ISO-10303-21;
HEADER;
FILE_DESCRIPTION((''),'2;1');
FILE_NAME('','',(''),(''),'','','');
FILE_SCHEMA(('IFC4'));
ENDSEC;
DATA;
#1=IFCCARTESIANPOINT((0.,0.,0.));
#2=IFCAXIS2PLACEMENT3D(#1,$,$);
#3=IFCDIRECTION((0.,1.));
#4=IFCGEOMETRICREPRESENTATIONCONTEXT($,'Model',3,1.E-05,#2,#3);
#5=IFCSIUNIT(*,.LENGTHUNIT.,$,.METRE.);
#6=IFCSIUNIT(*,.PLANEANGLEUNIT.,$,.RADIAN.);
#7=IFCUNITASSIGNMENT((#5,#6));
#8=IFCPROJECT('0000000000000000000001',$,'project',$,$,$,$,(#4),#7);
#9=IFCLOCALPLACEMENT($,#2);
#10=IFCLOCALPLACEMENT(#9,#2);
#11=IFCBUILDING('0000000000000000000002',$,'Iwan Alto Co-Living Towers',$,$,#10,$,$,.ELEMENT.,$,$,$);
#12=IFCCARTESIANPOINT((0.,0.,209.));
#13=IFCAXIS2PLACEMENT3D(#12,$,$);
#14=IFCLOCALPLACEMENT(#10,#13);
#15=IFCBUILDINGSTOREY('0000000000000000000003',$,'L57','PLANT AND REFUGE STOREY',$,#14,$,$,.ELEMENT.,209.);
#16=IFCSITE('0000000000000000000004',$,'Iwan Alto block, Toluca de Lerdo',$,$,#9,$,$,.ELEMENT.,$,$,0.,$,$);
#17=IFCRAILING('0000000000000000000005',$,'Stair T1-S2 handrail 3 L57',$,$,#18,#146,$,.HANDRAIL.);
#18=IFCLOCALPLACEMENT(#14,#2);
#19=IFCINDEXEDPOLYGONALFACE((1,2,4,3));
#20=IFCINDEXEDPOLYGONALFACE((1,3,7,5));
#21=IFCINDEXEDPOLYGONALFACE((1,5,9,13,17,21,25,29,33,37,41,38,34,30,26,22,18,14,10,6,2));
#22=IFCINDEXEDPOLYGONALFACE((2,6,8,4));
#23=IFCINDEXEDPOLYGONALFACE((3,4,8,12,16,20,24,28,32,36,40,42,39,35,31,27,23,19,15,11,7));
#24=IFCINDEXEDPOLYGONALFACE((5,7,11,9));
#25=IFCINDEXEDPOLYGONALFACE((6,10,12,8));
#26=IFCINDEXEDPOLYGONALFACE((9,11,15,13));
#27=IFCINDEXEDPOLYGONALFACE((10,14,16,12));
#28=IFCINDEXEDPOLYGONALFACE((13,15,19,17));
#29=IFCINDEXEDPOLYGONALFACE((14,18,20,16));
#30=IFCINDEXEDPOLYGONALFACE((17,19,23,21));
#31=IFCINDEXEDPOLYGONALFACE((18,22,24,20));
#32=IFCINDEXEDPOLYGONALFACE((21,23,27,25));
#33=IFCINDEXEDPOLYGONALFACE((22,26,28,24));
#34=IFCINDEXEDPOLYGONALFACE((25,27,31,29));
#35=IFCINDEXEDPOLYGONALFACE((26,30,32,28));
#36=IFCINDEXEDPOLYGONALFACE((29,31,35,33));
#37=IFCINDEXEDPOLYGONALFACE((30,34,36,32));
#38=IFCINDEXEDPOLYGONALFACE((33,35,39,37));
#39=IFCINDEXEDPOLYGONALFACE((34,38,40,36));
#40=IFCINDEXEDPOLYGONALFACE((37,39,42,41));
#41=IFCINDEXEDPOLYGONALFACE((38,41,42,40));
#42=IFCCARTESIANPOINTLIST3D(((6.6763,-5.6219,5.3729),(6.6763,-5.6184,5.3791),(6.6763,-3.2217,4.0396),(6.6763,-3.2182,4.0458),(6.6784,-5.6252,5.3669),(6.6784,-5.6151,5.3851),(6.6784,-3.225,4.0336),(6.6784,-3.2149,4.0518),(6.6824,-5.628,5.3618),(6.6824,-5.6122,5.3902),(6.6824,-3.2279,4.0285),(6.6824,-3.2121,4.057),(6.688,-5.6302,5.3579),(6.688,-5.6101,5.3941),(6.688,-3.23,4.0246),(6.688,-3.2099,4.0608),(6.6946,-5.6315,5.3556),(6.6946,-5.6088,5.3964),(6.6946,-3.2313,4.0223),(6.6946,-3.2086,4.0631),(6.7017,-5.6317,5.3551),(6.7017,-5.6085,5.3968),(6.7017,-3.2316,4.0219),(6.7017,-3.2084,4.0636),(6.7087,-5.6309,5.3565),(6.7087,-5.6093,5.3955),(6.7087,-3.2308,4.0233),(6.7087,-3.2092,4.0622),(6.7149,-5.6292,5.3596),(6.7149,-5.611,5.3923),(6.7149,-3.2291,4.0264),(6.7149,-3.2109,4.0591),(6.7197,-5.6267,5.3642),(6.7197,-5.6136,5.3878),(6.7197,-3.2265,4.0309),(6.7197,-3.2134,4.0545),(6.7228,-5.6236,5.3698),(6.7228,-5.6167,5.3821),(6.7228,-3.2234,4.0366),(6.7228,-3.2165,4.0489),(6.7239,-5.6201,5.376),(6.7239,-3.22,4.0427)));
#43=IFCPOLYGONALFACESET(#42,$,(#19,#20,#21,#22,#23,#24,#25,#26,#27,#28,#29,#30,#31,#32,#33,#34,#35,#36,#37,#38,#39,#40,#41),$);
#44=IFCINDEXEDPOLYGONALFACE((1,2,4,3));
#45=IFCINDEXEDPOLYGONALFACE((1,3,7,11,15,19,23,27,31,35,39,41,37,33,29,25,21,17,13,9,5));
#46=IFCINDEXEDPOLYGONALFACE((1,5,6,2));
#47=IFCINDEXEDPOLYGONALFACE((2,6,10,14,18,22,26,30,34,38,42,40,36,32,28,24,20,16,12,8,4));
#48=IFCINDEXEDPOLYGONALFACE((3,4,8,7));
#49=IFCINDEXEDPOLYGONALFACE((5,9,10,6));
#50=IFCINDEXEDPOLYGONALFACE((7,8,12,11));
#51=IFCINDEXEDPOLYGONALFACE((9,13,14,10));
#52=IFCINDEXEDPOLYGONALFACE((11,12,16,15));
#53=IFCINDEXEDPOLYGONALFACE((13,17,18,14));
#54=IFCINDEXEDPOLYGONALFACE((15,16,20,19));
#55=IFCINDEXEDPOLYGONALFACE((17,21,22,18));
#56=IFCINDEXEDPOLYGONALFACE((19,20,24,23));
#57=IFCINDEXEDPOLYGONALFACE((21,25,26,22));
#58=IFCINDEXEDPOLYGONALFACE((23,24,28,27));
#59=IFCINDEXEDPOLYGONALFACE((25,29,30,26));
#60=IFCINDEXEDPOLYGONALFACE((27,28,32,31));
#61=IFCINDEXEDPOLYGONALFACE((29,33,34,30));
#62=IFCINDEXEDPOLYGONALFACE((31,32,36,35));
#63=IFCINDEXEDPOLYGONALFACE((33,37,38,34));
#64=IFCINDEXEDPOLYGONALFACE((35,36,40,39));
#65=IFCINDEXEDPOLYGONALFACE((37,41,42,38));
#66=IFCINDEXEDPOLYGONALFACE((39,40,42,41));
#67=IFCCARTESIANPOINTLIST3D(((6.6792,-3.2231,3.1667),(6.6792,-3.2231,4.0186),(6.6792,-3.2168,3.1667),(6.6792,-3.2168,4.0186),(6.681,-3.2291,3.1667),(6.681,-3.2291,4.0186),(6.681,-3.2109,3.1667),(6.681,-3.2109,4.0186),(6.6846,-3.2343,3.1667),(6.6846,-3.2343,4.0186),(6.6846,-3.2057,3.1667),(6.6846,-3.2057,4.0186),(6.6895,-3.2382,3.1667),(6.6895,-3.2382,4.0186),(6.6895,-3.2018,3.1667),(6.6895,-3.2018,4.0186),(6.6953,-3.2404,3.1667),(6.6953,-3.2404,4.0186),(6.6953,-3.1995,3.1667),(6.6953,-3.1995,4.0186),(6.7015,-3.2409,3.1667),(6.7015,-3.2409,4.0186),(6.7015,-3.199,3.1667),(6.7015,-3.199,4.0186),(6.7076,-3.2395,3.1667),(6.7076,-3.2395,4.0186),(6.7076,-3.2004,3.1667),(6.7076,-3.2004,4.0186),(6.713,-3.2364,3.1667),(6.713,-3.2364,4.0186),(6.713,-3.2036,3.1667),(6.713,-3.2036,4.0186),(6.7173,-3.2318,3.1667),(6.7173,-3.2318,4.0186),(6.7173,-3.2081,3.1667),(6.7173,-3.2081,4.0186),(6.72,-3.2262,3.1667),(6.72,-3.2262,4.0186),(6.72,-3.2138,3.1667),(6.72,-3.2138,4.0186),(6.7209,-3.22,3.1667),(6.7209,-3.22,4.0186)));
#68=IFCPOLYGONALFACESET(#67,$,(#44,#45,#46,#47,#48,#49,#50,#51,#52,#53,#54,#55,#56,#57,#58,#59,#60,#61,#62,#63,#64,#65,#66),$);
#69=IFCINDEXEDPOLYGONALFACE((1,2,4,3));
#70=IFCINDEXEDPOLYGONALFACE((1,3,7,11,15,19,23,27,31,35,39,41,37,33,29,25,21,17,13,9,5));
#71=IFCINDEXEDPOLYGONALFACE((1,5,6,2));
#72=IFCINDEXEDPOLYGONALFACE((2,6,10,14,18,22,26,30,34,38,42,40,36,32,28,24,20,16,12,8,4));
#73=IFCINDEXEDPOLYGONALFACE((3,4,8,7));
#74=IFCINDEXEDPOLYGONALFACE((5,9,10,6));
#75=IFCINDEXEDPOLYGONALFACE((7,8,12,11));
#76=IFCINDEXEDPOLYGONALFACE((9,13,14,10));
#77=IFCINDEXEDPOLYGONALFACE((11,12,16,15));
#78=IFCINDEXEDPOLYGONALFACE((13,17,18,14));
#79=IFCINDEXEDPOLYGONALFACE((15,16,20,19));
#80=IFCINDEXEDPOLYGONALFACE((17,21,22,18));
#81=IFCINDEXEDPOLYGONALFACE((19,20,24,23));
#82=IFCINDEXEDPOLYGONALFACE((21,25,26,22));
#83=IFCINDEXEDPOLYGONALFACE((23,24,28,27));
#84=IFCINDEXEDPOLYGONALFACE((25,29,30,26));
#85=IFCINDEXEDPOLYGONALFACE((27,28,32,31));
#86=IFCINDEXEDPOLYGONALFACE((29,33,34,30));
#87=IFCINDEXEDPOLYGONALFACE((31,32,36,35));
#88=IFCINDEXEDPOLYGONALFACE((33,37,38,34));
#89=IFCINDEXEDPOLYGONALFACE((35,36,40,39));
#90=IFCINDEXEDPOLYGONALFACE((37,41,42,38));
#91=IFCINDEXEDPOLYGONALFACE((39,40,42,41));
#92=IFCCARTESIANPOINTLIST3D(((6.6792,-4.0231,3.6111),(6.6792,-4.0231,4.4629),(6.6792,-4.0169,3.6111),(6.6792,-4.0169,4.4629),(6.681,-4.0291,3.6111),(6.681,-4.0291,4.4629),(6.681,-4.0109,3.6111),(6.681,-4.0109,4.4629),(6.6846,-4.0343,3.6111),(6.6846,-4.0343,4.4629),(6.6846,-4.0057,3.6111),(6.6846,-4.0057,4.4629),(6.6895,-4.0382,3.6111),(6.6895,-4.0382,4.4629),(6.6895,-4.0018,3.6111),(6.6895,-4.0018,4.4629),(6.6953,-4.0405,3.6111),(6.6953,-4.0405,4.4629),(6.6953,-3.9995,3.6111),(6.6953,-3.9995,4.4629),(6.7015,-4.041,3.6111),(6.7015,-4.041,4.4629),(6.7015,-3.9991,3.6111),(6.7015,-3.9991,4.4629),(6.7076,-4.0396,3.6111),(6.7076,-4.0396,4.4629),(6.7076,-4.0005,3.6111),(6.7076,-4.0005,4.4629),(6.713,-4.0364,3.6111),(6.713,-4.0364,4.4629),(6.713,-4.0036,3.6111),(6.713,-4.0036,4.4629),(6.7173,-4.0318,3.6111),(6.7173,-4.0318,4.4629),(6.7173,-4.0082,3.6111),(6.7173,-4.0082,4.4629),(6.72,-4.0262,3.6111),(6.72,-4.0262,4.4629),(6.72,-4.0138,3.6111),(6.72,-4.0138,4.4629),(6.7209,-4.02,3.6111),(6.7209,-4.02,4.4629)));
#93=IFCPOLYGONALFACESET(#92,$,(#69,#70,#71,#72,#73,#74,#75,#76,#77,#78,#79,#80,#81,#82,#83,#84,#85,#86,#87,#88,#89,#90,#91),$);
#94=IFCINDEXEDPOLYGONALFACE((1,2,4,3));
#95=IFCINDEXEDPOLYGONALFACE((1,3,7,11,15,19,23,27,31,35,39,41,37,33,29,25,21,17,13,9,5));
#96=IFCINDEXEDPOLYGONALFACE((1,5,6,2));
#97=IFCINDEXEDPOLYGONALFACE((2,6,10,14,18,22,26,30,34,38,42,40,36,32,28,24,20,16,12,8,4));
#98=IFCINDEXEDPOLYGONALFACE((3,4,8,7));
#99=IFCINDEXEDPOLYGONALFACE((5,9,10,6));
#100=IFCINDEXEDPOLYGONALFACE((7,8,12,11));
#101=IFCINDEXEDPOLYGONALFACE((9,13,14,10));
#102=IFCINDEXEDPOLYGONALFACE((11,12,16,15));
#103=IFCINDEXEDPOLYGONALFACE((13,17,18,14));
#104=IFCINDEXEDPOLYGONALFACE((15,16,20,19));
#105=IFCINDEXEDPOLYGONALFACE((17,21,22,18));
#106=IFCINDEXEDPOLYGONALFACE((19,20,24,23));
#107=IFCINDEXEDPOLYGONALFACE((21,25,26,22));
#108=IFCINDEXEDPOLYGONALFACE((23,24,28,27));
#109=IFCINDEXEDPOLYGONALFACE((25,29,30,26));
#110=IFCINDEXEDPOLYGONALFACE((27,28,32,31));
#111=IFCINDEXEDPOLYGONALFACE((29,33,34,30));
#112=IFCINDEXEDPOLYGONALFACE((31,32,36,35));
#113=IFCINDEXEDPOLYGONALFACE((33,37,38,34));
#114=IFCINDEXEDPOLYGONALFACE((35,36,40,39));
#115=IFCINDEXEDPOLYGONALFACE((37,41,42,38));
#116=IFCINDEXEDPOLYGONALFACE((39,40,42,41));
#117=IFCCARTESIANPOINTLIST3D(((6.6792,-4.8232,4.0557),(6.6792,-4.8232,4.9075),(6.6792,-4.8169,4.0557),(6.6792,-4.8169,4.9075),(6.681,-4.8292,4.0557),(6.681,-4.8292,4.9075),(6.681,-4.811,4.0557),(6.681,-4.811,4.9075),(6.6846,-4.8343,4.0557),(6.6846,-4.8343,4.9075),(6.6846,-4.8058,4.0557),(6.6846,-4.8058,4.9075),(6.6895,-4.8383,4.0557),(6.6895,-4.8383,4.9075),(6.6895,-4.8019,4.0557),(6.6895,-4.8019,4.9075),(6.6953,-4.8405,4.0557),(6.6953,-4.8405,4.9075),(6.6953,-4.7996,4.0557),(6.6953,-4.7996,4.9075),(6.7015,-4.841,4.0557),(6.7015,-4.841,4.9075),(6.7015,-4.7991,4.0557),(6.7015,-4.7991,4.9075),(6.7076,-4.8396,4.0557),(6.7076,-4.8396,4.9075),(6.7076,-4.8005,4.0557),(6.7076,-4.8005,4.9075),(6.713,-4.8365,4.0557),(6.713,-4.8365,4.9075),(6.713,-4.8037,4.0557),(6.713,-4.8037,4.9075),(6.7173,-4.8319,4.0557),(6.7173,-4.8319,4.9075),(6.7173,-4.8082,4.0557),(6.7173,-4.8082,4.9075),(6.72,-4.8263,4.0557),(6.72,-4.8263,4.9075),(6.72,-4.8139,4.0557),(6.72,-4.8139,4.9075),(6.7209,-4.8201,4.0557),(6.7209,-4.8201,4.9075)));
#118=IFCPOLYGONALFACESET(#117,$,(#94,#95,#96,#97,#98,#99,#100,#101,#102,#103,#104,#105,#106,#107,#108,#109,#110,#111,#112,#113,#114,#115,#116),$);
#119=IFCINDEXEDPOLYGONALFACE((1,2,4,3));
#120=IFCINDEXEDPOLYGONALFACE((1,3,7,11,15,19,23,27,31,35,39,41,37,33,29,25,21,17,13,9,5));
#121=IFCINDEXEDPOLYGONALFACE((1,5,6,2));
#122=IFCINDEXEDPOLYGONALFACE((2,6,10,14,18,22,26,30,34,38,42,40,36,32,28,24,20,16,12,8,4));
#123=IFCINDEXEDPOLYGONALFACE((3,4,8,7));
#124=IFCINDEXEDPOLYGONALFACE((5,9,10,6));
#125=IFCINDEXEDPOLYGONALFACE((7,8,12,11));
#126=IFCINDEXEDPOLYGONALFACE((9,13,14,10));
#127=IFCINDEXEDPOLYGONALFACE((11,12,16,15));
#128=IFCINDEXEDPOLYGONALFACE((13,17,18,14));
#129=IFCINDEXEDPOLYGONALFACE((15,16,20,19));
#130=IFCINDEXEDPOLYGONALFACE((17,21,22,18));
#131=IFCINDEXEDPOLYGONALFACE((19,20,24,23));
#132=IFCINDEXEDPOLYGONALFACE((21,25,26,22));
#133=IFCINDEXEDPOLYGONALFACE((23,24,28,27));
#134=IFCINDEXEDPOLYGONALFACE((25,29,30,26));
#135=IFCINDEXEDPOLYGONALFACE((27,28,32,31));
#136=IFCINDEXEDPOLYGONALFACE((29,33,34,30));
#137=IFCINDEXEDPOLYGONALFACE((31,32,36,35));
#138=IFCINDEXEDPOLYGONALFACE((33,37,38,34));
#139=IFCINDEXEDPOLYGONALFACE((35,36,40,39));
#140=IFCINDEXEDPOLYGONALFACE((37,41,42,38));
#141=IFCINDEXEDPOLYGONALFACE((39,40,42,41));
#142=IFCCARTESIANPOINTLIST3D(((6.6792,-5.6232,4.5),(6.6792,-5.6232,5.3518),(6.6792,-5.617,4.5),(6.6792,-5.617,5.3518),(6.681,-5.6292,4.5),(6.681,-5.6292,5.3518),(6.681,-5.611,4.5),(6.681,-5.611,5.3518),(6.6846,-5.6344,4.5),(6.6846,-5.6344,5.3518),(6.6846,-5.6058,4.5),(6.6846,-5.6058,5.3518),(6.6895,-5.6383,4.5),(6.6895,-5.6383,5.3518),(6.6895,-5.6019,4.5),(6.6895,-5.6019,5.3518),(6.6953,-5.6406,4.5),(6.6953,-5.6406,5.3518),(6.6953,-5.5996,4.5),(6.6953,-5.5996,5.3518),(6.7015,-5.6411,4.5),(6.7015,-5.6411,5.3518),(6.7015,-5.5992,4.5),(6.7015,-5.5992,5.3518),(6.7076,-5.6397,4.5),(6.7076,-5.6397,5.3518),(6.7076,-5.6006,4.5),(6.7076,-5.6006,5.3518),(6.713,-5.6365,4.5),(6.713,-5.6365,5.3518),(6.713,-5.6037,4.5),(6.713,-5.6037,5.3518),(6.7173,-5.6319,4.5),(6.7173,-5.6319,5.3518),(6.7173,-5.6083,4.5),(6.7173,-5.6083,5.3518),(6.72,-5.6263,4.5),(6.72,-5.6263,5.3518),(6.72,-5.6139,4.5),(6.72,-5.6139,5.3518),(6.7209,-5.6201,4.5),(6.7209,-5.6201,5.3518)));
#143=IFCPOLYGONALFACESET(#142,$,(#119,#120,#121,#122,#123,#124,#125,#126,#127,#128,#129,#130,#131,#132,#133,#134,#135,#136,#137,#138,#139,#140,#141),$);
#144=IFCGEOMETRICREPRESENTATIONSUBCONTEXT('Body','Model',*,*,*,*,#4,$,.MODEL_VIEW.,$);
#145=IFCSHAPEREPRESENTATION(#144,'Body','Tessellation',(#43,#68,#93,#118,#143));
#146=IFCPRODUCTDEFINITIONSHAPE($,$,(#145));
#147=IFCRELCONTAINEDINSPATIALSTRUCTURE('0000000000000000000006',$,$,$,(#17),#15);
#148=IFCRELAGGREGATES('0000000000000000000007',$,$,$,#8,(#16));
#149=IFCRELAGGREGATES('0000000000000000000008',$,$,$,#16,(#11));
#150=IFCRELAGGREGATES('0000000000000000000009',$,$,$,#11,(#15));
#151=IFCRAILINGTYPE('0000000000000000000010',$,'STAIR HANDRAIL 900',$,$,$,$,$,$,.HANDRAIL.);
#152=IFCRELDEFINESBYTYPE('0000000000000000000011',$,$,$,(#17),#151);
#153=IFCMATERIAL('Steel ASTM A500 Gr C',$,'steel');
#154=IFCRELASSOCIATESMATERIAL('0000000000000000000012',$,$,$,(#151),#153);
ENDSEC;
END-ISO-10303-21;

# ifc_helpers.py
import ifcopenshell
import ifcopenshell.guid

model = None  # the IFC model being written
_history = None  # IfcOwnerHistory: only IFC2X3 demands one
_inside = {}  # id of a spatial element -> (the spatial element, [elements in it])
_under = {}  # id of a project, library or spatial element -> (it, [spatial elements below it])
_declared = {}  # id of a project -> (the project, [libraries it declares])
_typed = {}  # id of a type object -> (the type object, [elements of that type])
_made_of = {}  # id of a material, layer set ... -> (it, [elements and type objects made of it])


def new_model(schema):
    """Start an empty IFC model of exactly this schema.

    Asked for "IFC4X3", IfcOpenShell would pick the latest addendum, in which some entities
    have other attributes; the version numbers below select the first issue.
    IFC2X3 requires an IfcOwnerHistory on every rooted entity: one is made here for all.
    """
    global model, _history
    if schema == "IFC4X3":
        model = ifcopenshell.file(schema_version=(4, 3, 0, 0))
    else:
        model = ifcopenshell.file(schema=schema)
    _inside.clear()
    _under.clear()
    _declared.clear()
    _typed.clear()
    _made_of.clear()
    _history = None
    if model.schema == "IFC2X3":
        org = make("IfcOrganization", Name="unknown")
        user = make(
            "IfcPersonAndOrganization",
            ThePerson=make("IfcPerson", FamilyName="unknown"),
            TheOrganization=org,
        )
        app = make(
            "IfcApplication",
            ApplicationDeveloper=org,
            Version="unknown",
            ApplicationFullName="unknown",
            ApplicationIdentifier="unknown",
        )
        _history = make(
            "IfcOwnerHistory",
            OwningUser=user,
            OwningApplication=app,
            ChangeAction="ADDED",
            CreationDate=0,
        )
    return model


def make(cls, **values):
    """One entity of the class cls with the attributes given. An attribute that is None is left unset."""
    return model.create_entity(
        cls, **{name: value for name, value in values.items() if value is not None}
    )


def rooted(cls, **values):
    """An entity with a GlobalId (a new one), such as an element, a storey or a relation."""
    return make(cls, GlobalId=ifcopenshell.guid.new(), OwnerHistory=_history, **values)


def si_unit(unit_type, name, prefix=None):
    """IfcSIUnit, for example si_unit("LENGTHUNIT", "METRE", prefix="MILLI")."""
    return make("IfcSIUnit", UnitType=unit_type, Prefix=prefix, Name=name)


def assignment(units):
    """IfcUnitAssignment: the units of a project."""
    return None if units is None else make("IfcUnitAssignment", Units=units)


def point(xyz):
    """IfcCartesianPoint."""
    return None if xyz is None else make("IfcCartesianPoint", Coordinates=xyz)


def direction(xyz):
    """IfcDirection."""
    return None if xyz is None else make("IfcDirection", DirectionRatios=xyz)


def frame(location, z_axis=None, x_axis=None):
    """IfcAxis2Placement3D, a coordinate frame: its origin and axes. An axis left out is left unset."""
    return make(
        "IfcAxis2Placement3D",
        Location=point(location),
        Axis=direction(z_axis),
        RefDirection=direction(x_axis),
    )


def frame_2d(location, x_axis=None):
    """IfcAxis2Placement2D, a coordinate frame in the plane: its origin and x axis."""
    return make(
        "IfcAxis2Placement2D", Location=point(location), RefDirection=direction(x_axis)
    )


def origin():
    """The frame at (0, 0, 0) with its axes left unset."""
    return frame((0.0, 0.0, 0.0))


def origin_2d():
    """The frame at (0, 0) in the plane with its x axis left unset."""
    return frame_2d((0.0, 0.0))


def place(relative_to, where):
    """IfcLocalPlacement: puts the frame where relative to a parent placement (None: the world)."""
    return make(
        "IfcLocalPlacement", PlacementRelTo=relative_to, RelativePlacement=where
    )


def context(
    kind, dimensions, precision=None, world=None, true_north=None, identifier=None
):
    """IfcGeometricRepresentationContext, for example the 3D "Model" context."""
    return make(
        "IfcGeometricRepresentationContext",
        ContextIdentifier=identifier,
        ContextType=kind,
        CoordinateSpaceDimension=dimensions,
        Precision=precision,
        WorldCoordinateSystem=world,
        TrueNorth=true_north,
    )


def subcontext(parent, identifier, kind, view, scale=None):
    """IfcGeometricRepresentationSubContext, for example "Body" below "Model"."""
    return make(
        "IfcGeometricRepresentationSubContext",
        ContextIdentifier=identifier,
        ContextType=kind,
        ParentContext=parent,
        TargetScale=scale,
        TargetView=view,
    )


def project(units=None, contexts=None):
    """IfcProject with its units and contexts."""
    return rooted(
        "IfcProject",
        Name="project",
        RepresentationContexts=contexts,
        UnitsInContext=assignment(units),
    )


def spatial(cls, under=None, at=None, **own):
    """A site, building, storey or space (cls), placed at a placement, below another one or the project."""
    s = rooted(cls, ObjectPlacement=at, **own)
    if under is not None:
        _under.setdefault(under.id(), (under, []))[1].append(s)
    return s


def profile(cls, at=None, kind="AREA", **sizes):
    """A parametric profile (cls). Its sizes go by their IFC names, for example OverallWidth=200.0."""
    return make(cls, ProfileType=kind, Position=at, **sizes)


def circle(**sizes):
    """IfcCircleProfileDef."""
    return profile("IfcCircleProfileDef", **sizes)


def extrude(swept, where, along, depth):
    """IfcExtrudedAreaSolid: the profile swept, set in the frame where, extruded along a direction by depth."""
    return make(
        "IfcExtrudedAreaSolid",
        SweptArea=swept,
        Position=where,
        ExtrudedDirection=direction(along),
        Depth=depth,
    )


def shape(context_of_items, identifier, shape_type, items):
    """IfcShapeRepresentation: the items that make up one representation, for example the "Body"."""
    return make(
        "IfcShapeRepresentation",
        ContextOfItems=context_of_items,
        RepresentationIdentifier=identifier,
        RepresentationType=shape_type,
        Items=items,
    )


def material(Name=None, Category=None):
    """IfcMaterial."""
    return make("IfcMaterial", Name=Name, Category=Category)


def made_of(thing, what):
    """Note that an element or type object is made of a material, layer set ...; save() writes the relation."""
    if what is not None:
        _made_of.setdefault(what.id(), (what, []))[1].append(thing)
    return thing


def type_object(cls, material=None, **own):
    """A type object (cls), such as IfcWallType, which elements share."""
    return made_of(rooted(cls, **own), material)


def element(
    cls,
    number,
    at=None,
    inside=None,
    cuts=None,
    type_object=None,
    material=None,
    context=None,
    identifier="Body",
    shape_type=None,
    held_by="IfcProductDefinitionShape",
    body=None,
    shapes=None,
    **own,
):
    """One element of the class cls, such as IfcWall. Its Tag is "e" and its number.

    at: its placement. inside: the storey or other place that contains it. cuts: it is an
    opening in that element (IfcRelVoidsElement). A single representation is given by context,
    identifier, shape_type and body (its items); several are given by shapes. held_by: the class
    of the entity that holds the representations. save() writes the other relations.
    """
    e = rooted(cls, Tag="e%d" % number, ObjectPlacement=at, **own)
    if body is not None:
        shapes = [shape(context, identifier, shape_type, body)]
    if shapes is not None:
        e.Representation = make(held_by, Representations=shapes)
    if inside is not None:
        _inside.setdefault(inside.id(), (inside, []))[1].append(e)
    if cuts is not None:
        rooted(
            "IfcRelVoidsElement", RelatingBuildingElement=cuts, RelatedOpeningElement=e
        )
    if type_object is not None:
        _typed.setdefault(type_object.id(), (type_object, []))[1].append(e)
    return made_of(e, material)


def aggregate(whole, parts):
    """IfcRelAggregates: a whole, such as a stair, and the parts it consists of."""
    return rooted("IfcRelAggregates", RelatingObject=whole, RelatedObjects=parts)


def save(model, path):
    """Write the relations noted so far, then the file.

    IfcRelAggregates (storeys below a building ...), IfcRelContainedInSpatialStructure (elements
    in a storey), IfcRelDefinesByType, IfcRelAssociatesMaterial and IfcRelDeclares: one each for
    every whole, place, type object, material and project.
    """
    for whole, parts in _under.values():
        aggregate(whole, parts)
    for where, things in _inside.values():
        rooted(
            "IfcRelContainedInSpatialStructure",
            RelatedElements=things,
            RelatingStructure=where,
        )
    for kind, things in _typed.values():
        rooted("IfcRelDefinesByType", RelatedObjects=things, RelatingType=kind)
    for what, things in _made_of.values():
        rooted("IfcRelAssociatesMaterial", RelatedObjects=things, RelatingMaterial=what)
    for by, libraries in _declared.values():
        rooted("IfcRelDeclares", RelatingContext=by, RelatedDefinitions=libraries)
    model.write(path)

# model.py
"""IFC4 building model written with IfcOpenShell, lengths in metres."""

from ifc_helpers import new_model, si_unit, direction, frame, origin, origin_2d, place, context, subcontext, project, spatial, circle, extrude, material, type_object, element, save


model = new_model("IFC4")

# Units and contexts
model_context = context("Model", 3, precision=1e-05, world=origin(), true_north=direction((0.0, 1.0)))
body_context = subcontext(model_context, "Body", "Model", "MODEL_VIEW")
ifc_project = project(units=[si_unit("LENGTHUNIT", "METRE"), si_unit("PLANEANGLEUNIT", "RADIAN")], contexts=[model_context])

# Site, building, storey
site_placement = place(None, origin())
site = spatial("IfcSite", under=ifc_project, at=site_placement, Name="Iwan Alto block, Toluca de Lerdo", CompositionType="ELEMENT", RefElevation=0.0)
building_placement = place(site_placement, origin())
building = spatial("IfcBuilding", under=site, at=building_placement, Name="Iwan Alto Co-Living Towers", CompositionType="ELEMENT")
storey_placement = place(building_placement, frame((0.0, 0.0, 209.0)))
storey = spatial("IfcBuildingStorey", under=building, at=storey_placement, Name="L57", Description="PLANT AND REFUGE STOREY", CompositionType="ELEMENT", Elevation=209.0)

# Railing
ifc_material_1 = material(Name="Steel ASTM A500 Gr C", Category="steel")
railing_type_1 = type_object("IfcRailingType", Name="STAIR HANDRAIL 900", PredefinedType="HANDRAIL", material=ifc_material_1)
railing_1_placement = place(storey_placement, frame((6.7, -3.22, 3.1667)))
element("IfcRailing", 1, at=railing_1_placement, inside=storey, type_object=railing_type_1, Name="Stair T1-S2 handrail 3 L57", PredefinedType="HANDRAIL", context=body_context, shape_type="SweptSolid", body=[
    extrude(circle(Radius=0.0239, at=origin_2d()), frame((0.0, 0.0, 0.876), z_axis=(0.0, -0.874182, 0.485598), x_axis=(1.0, 0.0, 0.0)), (0.0, 0.0, 1.0), 2.7456),
    extrude(circle(Radius=0.021, at=origin_2d()), origin(), (0.0, 0.0, 1.0), 0.8518),
    extrude(circle(Radius=0.021, at=origin_2d()), frame((0.0, -0.8, 0.4443)), (0.0, 0.0, 1.0), 0.8518),
    extrude(circle(Radius=0.021, at=origin_2d()), frame((0.0, -1.6001, 0.8889)), (0.0, 0.0, 1.0), 0.8518),
    extrude(circle(Radius=0.021, at=origin_2d()), frame((0.0, -2.4001, 1.3333)), (0.0, 0.0, 1.0), 0.8518),
])

save(model, "model.ifc")
